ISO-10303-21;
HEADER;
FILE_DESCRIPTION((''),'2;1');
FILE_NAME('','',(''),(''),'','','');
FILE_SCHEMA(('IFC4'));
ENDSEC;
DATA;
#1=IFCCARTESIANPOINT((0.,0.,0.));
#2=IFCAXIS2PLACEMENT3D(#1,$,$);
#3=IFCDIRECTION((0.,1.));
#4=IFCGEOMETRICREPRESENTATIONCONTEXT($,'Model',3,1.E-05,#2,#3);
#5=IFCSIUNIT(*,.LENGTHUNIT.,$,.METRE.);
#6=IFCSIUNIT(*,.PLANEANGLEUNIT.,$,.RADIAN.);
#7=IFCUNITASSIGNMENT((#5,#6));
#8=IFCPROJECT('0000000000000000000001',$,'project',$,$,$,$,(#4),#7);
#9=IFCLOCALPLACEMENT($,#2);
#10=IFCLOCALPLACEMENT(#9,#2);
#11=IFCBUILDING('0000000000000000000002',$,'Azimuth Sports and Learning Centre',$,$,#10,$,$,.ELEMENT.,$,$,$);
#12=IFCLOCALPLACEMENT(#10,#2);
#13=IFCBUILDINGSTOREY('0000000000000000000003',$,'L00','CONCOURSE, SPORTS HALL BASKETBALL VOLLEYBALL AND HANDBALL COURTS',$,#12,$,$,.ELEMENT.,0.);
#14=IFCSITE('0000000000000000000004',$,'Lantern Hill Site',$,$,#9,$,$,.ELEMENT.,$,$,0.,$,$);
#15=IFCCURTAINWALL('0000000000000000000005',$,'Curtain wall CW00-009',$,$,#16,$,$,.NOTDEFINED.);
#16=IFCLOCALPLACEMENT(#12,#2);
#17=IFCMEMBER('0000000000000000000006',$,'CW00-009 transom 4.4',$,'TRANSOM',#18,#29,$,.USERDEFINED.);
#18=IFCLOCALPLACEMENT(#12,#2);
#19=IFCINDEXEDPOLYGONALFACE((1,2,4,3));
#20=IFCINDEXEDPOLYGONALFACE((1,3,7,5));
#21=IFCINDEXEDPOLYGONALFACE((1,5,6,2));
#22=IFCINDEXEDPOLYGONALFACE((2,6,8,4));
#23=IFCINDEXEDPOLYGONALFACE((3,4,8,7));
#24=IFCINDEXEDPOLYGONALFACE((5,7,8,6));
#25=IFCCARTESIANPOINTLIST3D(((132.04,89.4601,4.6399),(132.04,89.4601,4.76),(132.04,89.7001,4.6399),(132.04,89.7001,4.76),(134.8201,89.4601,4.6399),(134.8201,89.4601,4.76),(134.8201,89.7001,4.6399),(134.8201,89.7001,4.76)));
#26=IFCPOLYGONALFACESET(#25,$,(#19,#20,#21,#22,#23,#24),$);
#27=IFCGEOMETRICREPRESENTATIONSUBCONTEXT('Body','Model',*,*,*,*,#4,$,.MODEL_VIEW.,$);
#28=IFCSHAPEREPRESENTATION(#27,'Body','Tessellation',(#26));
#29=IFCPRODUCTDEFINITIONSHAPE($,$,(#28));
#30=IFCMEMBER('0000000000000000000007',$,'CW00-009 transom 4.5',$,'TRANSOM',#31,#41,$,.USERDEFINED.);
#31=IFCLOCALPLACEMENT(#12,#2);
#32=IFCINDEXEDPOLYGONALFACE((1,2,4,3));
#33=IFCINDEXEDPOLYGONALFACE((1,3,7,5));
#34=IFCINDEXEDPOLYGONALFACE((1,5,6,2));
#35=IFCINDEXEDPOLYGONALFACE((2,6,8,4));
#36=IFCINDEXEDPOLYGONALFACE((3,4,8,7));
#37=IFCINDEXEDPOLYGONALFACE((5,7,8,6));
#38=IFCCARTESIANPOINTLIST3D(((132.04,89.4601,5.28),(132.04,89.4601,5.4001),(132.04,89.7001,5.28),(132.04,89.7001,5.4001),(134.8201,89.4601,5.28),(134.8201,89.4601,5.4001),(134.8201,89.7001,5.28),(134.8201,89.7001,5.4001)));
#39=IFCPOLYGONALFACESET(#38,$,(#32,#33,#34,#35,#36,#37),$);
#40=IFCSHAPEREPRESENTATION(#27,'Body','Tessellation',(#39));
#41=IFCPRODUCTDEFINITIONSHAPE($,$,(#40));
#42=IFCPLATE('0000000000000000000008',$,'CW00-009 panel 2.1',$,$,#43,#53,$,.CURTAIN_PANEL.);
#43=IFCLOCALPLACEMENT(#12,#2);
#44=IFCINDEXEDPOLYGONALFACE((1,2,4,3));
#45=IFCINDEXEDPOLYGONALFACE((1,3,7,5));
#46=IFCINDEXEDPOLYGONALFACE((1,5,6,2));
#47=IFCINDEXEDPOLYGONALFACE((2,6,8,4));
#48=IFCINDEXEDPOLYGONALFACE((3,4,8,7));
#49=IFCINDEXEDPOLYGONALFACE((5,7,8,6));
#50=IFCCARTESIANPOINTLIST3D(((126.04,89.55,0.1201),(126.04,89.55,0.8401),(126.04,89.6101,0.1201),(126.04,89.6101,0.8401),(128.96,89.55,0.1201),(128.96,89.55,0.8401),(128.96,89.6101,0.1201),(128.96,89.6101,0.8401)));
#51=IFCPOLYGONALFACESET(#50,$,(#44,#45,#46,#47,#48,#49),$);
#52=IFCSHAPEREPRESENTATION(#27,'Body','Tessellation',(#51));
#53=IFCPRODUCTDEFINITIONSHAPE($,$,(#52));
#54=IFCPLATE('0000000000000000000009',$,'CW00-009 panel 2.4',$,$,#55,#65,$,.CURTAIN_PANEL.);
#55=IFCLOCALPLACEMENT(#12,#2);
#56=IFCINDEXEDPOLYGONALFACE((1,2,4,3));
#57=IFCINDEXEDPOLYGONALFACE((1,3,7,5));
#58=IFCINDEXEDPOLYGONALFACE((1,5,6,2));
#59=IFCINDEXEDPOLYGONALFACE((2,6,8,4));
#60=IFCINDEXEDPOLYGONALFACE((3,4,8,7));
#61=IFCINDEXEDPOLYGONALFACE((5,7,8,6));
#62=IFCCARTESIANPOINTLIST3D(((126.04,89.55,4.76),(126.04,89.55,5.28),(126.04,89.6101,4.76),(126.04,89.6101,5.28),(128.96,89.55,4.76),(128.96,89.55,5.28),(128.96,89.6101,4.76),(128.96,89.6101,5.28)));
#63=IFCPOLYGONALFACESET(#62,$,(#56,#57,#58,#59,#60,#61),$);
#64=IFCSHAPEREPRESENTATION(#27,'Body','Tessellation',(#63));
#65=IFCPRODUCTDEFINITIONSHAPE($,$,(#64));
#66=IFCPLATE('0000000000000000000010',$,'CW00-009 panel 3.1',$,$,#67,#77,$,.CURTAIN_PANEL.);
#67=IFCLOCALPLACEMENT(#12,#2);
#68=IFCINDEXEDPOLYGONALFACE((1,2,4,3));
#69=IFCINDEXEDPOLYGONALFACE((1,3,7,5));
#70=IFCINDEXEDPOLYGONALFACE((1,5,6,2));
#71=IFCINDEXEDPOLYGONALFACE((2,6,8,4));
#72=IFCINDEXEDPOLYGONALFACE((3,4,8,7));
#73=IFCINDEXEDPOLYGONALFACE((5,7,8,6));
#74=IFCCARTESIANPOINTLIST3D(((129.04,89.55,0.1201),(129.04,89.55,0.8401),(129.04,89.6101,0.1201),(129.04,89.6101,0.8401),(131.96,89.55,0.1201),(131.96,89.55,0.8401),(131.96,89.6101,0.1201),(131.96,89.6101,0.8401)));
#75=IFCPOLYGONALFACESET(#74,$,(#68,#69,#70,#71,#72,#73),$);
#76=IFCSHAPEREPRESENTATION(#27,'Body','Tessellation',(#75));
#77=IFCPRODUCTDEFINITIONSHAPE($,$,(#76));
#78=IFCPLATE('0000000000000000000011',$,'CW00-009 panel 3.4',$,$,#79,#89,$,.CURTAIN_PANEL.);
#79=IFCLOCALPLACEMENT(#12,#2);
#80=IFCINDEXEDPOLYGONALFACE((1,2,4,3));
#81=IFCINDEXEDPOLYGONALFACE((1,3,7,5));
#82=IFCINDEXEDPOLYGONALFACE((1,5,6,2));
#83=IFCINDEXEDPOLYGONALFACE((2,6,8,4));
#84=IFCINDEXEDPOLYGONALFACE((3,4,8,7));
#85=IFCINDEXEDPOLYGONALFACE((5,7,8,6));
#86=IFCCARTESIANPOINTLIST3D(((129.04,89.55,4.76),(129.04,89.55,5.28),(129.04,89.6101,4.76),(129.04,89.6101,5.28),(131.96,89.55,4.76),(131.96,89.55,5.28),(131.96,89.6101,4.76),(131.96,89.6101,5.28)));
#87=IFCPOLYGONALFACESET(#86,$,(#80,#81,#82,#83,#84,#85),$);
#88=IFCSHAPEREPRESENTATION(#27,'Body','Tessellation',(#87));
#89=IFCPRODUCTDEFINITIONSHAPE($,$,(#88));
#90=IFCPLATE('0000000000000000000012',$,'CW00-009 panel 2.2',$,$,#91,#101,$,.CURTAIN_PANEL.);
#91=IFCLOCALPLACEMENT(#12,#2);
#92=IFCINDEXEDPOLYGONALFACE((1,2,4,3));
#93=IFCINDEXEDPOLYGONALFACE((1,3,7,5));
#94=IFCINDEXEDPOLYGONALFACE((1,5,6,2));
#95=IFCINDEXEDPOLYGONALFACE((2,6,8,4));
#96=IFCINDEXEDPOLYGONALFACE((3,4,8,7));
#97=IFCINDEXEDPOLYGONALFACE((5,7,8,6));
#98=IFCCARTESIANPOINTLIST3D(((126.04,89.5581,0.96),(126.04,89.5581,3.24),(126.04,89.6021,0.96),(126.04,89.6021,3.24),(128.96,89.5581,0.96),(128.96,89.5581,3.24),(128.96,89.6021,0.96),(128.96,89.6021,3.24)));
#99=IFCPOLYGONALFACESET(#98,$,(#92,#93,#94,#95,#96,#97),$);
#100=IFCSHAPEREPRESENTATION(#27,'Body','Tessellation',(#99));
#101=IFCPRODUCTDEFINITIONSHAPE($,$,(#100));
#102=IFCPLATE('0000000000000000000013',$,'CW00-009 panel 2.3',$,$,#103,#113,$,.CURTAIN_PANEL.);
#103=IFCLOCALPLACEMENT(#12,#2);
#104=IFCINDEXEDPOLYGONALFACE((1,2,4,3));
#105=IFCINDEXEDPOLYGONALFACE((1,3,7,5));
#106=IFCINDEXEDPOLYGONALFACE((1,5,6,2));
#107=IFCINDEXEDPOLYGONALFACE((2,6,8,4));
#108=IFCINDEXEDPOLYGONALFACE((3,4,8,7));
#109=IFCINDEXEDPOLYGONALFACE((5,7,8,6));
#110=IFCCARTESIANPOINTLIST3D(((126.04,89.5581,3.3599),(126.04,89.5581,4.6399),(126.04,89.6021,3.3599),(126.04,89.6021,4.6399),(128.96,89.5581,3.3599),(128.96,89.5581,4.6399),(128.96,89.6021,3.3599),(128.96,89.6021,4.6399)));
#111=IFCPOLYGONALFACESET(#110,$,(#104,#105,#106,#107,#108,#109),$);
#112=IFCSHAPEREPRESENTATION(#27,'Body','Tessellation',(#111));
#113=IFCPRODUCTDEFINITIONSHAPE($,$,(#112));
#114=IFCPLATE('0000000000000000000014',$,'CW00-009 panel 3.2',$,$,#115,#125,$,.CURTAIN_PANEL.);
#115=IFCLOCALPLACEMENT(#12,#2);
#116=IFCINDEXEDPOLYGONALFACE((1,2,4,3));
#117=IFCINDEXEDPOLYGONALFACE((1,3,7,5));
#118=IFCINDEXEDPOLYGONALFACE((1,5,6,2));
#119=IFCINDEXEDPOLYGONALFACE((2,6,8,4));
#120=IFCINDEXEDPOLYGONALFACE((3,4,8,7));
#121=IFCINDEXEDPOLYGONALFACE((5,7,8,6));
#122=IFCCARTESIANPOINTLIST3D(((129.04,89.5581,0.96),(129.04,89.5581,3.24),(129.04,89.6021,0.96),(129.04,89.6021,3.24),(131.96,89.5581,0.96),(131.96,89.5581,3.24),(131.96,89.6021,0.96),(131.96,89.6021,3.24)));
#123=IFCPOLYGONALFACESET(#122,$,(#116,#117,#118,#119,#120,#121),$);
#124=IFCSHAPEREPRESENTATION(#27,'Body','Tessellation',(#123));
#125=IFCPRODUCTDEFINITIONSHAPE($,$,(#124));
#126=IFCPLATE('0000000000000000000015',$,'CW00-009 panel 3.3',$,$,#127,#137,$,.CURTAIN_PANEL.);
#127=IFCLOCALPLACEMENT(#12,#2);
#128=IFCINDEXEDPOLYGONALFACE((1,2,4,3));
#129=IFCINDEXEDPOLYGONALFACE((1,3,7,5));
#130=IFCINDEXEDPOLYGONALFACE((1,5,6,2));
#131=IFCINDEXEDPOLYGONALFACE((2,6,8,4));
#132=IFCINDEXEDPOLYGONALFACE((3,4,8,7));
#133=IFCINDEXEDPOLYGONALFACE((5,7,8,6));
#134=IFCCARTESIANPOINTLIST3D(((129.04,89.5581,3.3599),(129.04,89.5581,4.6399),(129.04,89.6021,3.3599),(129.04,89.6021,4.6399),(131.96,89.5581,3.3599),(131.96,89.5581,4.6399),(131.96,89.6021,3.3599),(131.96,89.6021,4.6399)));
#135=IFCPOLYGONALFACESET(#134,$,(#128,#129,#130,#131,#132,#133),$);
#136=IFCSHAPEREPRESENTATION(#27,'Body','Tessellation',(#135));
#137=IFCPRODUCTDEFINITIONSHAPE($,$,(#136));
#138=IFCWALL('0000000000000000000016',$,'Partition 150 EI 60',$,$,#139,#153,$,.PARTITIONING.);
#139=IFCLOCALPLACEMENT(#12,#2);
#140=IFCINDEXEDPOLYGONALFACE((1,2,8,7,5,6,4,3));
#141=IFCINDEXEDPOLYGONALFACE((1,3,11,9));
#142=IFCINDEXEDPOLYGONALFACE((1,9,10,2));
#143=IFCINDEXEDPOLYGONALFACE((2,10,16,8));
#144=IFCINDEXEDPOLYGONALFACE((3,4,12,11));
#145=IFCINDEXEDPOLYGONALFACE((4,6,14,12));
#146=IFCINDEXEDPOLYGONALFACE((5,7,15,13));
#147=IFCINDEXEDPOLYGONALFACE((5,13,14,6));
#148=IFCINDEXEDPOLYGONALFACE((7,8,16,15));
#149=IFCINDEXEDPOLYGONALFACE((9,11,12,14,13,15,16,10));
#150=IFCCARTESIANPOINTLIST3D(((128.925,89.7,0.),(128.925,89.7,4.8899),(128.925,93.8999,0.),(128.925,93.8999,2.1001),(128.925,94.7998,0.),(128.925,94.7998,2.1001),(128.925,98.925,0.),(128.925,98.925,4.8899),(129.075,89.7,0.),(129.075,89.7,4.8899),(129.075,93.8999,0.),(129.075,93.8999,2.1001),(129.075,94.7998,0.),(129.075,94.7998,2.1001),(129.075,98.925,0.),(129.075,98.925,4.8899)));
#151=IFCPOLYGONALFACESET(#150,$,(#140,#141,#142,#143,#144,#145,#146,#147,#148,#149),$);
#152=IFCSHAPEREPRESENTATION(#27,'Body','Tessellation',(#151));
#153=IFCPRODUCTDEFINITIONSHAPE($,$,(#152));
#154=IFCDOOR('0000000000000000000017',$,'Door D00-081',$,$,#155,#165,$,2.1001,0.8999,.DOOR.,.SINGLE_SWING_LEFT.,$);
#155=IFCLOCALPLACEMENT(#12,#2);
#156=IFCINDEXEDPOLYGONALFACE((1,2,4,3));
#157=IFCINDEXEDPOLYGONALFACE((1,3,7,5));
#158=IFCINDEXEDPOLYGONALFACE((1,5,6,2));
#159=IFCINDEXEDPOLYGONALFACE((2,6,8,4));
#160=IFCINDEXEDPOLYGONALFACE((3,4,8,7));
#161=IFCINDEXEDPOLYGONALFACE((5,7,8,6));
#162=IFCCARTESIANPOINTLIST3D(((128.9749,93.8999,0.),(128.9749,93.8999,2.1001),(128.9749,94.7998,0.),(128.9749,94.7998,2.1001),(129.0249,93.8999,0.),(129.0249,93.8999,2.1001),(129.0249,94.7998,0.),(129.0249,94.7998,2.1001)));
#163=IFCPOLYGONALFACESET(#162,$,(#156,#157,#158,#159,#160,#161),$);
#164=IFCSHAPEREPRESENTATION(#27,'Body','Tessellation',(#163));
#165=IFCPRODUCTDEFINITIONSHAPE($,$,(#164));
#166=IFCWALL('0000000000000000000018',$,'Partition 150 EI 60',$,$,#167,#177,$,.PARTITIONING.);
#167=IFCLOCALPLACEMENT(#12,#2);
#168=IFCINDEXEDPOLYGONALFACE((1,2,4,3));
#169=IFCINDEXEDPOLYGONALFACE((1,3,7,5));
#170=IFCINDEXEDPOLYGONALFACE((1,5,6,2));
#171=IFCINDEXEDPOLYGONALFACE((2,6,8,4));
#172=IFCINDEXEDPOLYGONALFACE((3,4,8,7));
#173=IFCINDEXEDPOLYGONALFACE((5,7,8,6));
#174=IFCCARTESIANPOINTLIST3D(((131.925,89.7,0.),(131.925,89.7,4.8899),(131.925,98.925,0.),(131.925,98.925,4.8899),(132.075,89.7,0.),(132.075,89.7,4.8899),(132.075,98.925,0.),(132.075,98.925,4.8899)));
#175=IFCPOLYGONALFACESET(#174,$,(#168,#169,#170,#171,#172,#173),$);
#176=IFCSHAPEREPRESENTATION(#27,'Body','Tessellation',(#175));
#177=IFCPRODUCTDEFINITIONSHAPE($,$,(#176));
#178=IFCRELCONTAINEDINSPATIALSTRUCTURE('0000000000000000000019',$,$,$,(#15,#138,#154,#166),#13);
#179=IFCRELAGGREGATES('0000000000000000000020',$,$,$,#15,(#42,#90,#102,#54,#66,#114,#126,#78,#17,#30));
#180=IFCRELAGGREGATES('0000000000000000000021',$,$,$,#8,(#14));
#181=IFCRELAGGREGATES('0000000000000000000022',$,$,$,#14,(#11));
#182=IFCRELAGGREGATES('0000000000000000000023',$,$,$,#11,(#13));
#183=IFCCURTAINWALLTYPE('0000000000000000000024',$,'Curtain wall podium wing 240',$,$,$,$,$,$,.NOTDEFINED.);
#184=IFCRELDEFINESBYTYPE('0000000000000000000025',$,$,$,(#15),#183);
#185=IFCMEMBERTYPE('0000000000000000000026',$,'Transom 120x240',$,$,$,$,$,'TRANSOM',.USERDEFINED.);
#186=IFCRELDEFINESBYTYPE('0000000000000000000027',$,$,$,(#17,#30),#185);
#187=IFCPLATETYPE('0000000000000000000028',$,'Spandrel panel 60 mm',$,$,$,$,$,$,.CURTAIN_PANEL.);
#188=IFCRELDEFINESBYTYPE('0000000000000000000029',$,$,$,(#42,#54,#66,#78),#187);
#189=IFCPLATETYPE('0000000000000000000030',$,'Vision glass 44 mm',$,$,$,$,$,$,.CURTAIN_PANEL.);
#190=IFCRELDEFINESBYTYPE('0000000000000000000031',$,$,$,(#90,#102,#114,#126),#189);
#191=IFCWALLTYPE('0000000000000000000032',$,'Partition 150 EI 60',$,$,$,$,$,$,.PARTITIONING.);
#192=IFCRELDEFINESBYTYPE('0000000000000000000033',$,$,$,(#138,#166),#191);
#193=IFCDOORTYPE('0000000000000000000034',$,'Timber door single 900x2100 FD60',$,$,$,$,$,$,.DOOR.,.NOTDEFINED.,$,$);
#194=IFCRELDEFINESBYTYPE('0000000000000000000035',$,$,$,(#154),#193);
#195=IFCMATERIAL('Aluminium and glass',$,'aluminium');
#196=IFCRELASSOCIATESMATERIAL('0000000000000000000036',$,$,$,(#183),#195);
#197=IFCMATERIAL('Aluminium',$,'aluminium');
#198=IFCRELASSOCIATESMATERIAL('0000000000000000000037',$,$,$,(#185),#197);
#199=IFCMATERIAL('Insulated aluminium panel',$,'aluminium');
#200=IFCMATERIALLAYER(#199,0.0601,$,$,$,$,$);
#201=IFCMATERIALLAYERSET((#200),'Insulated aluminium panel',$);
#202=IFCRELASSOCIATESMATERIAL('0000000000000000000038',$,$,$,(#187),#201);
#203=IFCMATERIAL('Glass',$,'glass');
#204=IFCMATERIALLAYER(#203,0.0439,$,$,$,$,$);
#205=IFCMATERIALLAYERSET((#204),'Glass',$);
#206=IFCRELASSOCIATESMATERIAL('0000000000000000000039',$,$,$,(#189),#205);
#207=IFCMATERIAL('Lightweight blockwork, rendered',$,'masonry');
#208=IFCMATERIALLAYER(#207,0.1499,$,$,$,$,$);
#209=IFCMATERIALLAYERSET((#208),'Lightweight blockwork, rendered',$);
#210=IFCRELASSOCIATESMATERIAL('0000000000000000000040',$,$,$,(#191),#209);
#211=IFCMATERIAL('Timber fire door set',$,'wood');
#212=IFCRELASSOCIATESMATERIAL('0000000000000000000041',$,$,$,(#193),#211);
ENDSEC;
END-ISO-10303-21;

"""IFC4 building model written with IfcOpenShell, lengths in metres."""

from ifc_helpers import new_model, si_unit, direction, frame, frame_2d, origin, origin_2d, place, context, subcontext, project, spatial, rectangle, extrude, material, layer, layer_set, material_profile, profile_set, type_object, element, fill, aggregate, save


model = new_model("IFC4")

# Units and contexts
model_context = context("Model", 3, precision=1e-05, world=origin(), true_north=direction((0.0, 1.0)))
body_context = subcontext(model_context, "Body", "Model", "MODEL_VIEW")
ifc_project = project(units=[si_unit("LENGTHUNIT", "METRE"), si_unit("PLANEANGLEUNIT", "RADIAN")], contexts=[model_context])

# Site, building, storey
site_placement = place(None, origin())
site = spatial("IfcSite", under=ifc_project, at=site_placement, Name="Lantern Hill Site", CompositionType="ELEMENT", RefElevation=0.0)
building_placement = place(site_placement, origin())
building = spatial("IfcBuilding", under=site, at=building_placement, Name="Azimuth Sports and Learning Centre", CompositionType="ELEMENT")
storey_placement = place(building_placement, origin())
storey = spatial("IfcBuildingStorey", under=building, at=storey_placement, Name="L00", Description="CONCOURSE, SPORTS HALL BASKETBALL VOLLEYBALL AND HANDBALL COURTS", CompositionType="ELEMENT", Elevation=0.0)

# Curtain wall, members, plates
ifc_material_1 = material(Name="Aluminium and glass", Category="aluminium")
curtain_wall_type = type_object("IfcCurtainWallType", Name="Curtain wall podium wing 240", PredefinedType="NOTDEFINED", material=ifc_material_1)
curtain_wall_placement = place(storey_placement, origin())
curtain_wall = element("IfcCurtainWall", 1, at=curtain_wall_placement, inside=storey, type_object=curtain_wall_type, Name="Curtain wall CW00-009", PredefinedType="NOTDEFINED")
ifc_material_2 = material(Name="Aluminium", Category="aluminium")
ifc_material_profile_1 = material_profile(ifc_material_2, rectangle(XDim=0.24, YDim=0.1201, at=origin_2d()), Name="Transom 120x240")
ifc_profile_set_1 = profile_set([ifc_material_profile_1], Name="Aluminium")
member_type_1 = type_object("IfcMemberType", Name="Transom 120x240", ElementType="TRANSOM", PredefinedType="USERDEFINED", material=ifc_profile_set_1)
member_1_placement = place(storey_placement, frame((132.04, 89.5801, 4.7), z_axis=(1.0, 0.0, 0.0), x_axis=(0.0, 1.0, 0.0)))
member_1 = element("IfcMember", 2, at=member_1_placement, type_object=member_type_1, Name="CW00-009 transom 4.4", ObjectType="TRANSOM", PredefinedType="USERDEFINED", context=body_context, shape_type="SweptSolid", body=[
    extrude(rectangle(XDim=0.24, YDim=0.1201, at=origin_2d()), origin(), (0.0, 0.0, 1.0), 2.78),
])
member_2_placement = place(storey_placement, frame((132.04, 89.5801, 5.3401), z_axis=(1.0, 0.0, 0.0), x_axis=(0.0, 1.0, 0.0)))
member_2 = element("IfcMember", 3, at=member_2_placement, type_object=member_type_1, Name="CW00-009 transom 4.5", ObjectType="TRANSOM", PredefinedType="USERDEFINED", context=body_context, shape_type="SweptSolid", body=[
    extrude(rectangle(XDim=0.24, YDim=0.1201, at=origin_2d()), origin(), (0.0, 0.0, 1.0), 2.78),
])
ifc_material_3 = material(Name="Insulated aluminium panel", Category="aluminium")
ifc_layer_1 = layer(ifc_material_3, 0.0601)
ifc_layer_set_1 = layer_set([ifc_layer_1], Name="Insulated aluminium panel")
plate_type_1 = type_object("IfcPlateType", Name="Spandrel panel 60 mm", PredefinedType="CURTAIN_PANEL", material=ifc_layer_set_1)
plate_1_placement = place(storey_placement, frame((127.5, 89.5801, 0.1201), z_axis=(0.0, 0.0, 1.0), x_axis=(1.0, 0.0, 0.0)))
plate_1 = element("IfcPlate", 4, at=plate_1_placement, type_object=plate_type_1, Name="CW00-009 panel 2.1", PredefinedType="CURTAIN_PANEL", context=body_context, shape_type="SweptSolid", body=[
    extrude(rectangle(XDim=2.9199, YDim=0.0601, at=origin_2d()), origin(), (0.0, 0.0, 1.0), 0.72),
])
plate_2_placement = place(storey_placement, frame((127.5, 89.5801, 4.76), z_axis=(0.0, 0.0, 1.0), x_axis=(1.0, 0.0, 0.0)))
plate_2 = element("IfcPlate", 5, at=plate_2_placement, type_object=plate_type_1, Name="CW00-009 panel 2.4", PredefinedType="CURTAIN_PANEL", context=body_context, shape_type="SweptSolid", body=[
    extrude(rectangle(XDim=2.9199, YDim=0.0601, at=origin_2d()), origin(), (0.0, 0.0, 1.0), 0.52),
])
plate_3_placement = place(storey_placement, frame((130.5, 89.5801, 0.1201), z_axis=(0.0, 0.0, 1.0), x_axis=(1.0, 0.0, 0.0)))
plate_3 = element("IfcPlate", 6, at=plate_3_placement, type_object=plate_type_1, Name="CW00-009 panel 3.1", PredefinedType="CURTAIN_PANEL", context=body_context, shape_type="SweptSolid", body=[
    extrude(rectangle(XDim=2.9199, YDim=0.0601, at=origin_2d()), origin(), (0.0, 0.0, 1.0), 0.72),
])
plate_4_placement = place(storey_placement, frame((130.5, 89.5801, 4.76), z_axis=(0.0, 0.0, 1.0), x_axis=(1.0, 0.0, 0.0)))
plate_4 = element("IfcPlate", 7, at=plate_4_placement, type_object=plate_type_1, Name="CW00-009 panel 3.4", PredefinedType="CURTAIN_PANEL", context=body_context, shape_type="SweptSolid", body=[
    extrude(rectangle(XDim=2.9199, YDim=0.0601, at=origin_2d()), origin(), (0.0, 0.0, 1.0), 0.52),
])
ifc_material_4 = material(Name="Glass", Category="glass")
ifc_layer_2 = layer(ifc_material_4, 0.0439)
ifc_layer_set_2 = layer_set([ifc_layer_2], Name="Glass")
plate_type_2 = type_object("IfcPlateType", Name="Vision glass 44 mm", PredefinedType="CURTAIN_PANEL", material=ifc_layer_set_2)
plate_5_placement = place(storey_placement, frame((127.5, 89.5801, 0.96), z_axis=(0.0, 0.0, 1.0), x_axis=(1.0, 0.0, 0.0)))
plate_5 = element("IfcPlate", 8, at=plate_5_placement, type_object=plate_type_2, Name="CW00-009 panel 2.2", PredefinedType="CURTAIN_PANEL", context=body_context, shape_type="SweptSolid", body=[
    extrude(rectangle(XDim=2.9199, YDim=0.0439, at=origin_2d()), origin(), (0.0, 0.0, 1.0), 2.28),
])
plate_6_placement = place(storey_placement, frame((127.5, 89.5801, 3.3599), z_axis=(0.0, 0.0, 1.0), x_axis=(1.0, 0.0, 0.0)))
plate_6 = element("IfcPlate", 9, at=plate_6_placement, type_object=plate_type_2, Name="CW00-009 panel 2.3", PredefinedType="CURTAIN_PANEL", context=body_context, shape_type="SweptSolid", body=[
    extrude(rectangle(XDim=2.9199, YDim=0.0439, at=origin_2d()), origin(), (0.0, 0.0, 1.0), 1.28),
])
plate_7_placement = place(storey_placement, frame((130.5, 89.5801, 0.96), z_axis=(0.0, 0.0, 1.0), x_axis=(1.0, 0.0, 0.0)))
plate_7 = element("IfcPlate", 10, at=plate_7_placement, type_object=plate_type_2, Name="CW00-009 panel 3.2", PredefinedType="CURTAIN_PANEL", context=body_context, shape_type="SweptSolid", body=[
    extrude(rectangle(XDim=2.9199, YDim=0.0439, at=origin_2d()), origin(), (0.0, 0.0, 1.0), 2.28),
])
plate_8_placement = place(storey_placement, frame((130.5, 89.5801, 3.3599), z_axis=(0.0, 0.0, 1.0), x_axis=(1.0, 0.0, 0.0)))
plate_8 = element("IfcPlate", 11, at=plate_8_placement, type_object=plate_type_2, Name="CW00-009 panel 3.3", PredefinedType="CURTAIN_PANEL", context=body_context, shape_type="SweptSolid", body=[
    extrude(rectangle(XDim=2.9199, YDim=0.0439, at=origin_2d()), origin(), (0.0, 0.0, 1.0), 1.28),
])
aggregate(curtain_wall, [plate_1, plate_5, plate_6, plate_2, plate_3, plate_7, plate_8, plate_4, member_1, member_2])

# Wall, opening, door
ifc_material_5 = material(Name="Lightweight blockwork, rendered", Category="masonry")
ifc_layer_3 = layer(ifc_material_5, 0.1499)
ifc_layer_set_3 = layer_set([ifc_layer_3], Name="Lightweight blockwork, rendered")
wall_type = type_object("IfcWallType", Name="Partition 150 EI 60", PredefinedType="PARTITIONING", material=ifc_layer_set_3)
wall_1_placement = place(storey_placement, frame((129.0, 89.7, 0.0), z_axis=(0.0, 0.0, 1.0), x_axis=(0.0, 1.0, 0.0)))
wall_1 = element("IfcWall", 12, at=wall_1_placement, inside=storey, type_object=wall_type, Name="Partition 150 EI 60", PredefinedType="PARTITIONING", context=body_context, shape_type="SweptSolid", body=[
    extrude(rectangle(XDim=9.2251, YDim=0.1499, at=frame_2d((4.6125, 0.0))), origin(), (0.0, 0.0, 1.0), 4.8899),
])
opening_placement = place(wall_1_placement, frame((4.2, 0.0, 0.0)))
opening = element("IfcOpeningElement", 13, at=opening_placement, cuts=wall_1, PredefinedType="OPENING", context=body_context, shape_type="SweptSolid", body=[
    extrude(rectangle(XDim=0.8999, YDim=2.1001, at=frame_2d((0.45, 1.05))), frame((0.0, 0.0859, 0.0), z_axis=(0.0, -1.0, 0.0), x_axis=(1.0, 0.0, 0.0)), (0.0, 0.0, 1.0), 0.1719),
])
ifc_material_6 = material(Name="Timber fire door set", Category="wood")
door_type = type_object("IfcDoorType", Name="Timber door single 900x2100 FD60", OperationType="NOTDEFINED", PredefinedType="DOOR", material=ifc_material_6)
door_placement = place(opening_placement, frame((0.8999, 0.0, 0.0), z_axis=(0.0, 0.0, 1.0), x_axis=(-1.0, 0.0, 0.0)))
door = element("IfcDoor", 14, at=door_placement, inside=storey, type_object=door_type, Name="Door D00-081", OperationType="SINGLE_SWING_LEFT", OverallHeight=2.1001, OverallWidth=0.8999, PredefinedType="DOOR", context=body_context, shape_type="SweptSolid", body=[
    extrude(rectangle(XDim=0.8999, YDim=2.1001, at=frame_2d((0.45, 1.05))), frame((0.0, 0.0249, 0.0), z_axis=(0.0, -1.0, 0.0), x_axis=(1.0, 0.0, 0.0)), (0.0, 0.0, 1.0), 0.05),
])
fill(opening, door)

# Wall
wall_2_placement = place(storey_placement, frame((132.0, 89.7, 0.0), z_axis=(0.0, 0.0, 1.0), x_axis=(0.0, 1.0, 0.0)))
element("IfcWall", 15, at=wall_2_placement, inside=storey, type_object=wall_type, Name="Partition 150 EI 60", PredefinedType="PARTITIONING", context=body_context, shape_type="SweptSolid", body=[
    extrude(rectangle(XDim=9.2251, YDim=0.1499, at=frame_2d((4.6125, 0.0))), origin(), (0.0, 0.0, 1.0), 4.8899),
])

save(model, "model.ifc")
